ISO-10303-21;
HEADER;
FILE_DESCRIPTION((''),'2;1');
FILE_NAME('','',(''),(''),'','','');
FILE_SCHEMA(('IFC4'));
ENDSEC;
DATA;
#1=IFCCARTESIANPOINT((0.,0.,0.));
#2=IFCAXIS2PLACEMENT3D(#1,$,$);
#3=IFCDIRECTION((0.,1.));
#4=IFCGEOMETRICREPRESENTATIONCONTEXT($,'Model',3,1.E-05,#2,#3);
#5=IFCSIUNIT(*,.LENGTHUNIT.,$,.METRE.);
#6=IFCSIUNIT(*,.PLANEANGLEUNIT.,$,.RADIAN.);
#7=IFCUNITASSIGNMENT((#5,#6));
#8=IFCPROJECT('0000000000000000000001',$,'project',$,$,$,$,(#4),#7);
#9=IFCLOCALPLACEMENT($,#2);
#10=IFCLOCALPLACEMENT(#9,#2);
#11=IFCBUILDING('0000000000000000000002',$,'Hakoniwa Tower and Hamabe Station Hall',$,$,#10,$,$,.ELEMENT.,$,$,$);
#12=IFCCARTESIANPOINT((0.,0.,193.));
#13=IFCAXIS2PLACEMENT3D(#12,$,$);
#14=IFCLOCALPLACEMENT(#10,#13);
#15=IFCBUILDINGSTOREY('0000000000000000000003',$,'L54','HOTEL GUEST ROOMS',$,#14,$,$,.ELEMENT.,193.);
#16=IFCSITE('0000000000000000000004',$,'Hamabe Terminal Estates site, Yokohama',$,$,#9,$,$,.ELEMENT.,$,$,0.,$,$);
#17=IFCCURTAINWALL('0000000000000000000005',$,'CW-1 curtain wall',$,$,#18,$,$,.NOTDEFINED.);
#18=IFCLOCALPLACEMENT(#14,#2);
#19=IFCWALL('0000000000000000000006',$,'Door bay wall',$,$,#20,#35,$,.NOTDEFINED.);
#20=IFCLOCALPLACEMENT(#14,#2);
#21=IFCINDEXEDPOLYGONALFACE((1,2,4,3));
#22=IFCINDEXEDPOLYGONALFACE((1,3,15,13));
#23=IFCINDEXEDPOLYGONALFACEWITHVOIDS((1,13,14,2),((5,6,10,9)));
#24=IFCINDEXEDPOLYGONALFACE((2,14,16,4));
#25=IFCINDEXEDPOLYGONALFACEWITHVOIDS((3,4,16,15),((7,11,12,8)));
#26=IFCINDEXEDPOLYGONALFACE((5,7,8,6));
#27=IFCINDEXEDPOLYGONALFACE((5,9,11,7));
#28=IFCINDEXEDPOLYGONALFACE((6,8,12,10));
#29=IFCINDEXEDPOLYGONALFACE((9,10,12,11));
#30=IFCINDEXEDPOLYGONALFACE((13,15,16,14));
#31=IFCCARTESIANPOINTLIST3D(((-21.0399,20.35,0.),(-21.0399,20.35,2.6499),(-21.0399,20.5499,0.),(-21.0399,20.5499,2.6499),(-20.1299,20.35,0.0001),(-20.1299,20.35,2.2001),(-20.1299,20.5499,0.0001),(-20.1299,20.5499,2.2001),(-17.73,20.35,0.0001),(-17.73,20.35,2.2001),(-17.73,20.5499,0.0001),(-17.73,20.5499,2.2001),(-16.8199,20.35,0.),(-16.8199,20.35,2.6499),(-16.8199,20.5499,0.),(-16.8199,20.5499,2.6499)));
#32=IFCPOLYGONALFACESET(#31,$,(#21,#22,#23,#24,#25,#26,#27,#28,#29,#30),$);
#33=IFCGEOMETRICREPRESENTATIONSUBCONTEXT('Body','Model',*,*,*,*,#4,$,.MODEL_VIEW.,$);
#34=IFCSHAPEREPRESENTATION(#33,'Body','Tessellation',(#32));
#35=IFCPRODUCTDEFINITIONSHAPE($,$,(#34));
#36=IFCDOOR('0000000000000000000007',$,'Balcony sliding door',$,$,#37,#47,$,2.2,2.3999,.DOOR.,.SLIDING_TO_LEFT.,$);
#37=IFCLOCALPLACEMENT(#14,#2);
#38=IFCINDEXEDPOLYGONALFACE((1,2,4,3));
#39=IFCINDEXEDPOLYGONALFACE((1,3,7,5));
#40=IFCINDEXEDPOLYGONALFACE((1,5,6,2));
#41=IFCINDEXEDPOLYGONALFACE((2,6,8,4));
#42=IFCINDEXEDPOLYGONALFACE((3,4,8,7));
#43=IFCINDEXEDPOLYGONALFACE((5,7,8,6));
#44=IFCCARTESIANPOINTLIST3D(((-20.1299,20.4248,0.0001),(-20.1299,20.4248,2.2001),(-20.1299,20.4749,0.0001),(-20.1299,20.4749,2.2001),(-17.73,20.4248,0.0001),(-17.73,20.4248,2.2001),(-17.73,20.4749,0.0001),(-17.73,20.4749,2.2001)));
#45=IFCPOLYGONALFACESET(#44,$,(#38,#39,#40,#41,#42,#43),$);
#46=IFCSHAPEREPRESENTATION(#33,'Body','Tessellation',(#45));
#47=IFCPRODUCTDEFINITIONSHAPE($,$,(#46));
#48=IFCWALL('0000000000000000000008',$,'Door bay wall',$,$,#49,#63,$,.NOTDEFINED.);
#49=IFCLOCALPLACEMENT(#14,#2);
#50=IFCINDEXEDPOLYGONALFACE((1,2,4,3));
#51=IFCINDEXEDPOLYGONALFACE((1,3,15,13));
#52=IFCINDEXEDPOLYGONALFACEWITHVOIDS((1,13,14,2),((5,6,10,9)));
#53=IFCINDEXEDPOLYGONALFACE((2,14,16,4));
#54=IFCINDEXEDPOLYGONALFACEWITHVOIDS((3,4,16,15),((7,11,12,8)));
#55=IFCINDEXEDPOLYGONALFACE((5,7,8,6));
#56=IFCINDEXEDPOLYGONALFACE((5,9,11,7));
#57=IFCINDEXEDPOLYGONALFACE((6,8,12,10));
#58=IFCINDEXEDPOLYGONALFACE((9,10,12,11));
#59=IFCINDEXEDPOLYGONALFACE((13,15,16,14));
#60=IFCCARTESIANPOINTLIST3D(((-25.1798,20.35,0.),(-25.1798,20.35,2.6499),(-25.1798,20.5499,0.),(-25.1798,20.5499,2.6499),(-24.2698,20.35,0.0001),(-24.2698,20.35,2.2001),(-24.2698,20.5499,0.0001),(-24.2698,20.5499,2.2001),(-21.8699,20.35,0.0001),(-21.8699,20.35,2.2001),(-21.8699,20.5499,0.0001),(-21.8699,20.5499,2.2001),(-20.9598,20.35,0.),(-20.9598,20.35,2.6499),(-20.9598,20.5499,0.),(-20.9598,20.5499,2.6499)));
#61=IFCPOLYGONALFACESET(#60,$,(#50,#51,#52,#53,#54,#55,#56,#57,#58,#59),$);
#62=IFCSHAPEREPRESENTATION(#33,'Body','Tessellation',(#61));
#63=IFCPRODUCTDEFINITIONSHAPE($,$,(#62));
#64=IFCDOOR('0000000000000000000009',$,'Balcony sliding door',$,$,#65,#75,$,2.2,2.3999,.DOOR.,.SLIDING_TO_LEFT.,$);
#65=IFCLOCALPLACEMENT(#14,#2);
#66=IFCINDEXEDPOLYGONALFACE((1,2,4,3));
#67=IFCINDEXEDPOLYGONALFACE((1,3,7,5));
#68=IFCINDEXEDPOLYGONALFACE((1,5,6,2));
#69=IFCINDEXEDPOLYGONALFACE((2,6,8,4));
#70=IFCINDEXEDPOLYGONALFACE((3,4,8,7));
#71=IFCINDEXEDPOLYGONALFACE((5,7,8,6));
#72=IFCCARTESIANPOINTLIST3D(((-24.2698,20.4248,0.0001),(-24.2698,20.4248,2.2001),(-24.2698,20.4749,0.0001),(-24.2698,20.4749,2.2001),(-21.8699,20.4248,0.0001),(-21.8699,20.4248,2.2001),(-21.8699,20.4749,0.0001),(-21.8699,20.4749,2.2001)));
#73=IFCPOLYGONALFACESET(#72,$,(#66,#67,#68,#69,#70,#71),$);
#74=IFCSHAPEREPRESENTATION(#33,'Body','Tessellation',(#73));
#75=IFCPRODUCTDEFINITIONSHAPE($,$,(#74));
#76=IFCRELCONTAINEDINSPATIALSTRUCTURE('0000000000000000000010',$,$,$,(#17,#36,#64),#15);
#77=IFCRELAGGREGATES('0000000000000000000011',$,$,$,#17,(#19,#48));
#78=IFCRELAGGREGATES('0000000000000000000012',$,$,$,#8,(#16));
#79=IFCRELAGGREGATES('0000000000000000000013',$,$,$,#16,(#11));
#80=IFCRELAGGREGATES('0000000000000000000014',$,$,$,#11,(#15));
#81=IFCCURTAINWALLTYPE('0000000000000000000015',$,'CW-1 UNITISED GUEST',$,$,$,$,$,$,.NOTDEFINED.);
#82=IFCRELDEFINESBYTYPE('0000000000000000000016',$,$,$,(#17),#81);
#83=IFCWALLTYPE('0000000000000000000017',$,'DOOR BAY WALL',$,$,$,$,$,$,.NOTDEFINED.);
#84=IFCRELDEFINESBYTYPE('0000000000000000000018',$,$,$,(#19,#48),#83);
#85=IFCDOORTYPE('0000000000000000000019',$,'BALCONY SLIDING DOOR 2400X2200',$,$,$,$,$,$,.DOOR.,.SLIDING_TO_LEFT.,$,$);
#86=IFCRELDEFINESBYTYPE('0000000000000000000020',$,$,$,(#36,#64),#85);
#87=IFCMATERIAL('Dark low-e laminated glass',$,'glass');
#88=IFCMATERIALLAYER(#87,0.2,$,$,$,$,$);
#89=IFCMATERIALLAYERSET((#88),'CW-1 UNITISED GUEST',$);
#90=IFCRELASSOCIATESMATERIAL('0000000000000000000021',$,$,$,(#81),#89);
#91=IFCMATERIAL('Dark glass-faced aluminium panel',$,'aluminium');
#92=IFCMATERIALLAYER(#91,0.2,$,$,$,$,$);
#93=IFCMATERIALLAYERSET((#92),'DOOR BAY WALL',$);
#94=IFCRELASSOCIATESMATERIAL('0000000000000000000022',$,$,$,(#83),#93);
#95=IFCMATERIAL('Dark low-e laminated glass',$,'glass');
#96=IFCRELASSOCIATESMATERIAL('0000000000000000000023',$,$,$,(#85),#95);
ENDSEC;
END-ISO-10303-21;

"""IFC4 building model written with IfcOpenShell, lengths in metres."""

from ifc_helpers import new_model, si_unit, direction, frame, frame_2d, origin, place, context, subcontext, project, spatial, rectangle, extrude, material, layer, layer_set, type_object, element, fill, aggregate, save


model = new_model("IFC4")

# Units and contexts
model_context = context("Model", 3, precision=1e-05, world=origin(), true_north=direction((0.0, 1.0)))
body_context = subcontext(model_context, "Body", "Model", "MODEL_VIEW")
ifc_project = project(units=[si_unit("LENGTHUNIT", "METRE"), si_unit("PLANEANGLEUNIT", "RADIAN")], contexts=[model_context])

# Site, building, storey
site_placement = place(None, origin())
site = spatial("IfcSite", under=ifc_project, at=site_placement, Name="Hamabe Terminal Estates site, Yokohama", CompositionType="ELEMENT", RefElevation=0.0)
building_placement = place(site_placement, origin())
building = spatial("IfcBuilding", under=site, at=building_placement, Name="Hakoniwa Tower and Hamabe Station Hall", CompositionType="ELEMENT")
storey_placement = place(building_placement, frame((0.0, 0.0, 193.0)))
storey = spatial("IfcBuildingStorey", under=building, at=storey_placement, Name="L54", Description="HOTEL GUEST ROOMS", CompositionType="ELEMENT", Elevation=193.0)

# Curtain wall
ifc_material_1 = material(Name="Dark low-e laminated glass", Category="glass")
ifc_layer_1 = layer(ifc_material_1, 0.2)
ifc_layer_set_1 = layer_set([ifc_layer_1], Name="CW-1 UNITISED GUEST")
curtain_wall_type = type_object("IfcCurtainWallType", Name="CW-1 UNITISED GUEST", PredefinedType="NOTDEFINED", material=ifc_layer_set_1)
curtain_wall_placement = place(storey_placement, origin())
curtain_wall = element("IfcCurtainWall", 1, at=curtain_wall_placement, inside=storey, type_object=curtain_wall_type, Name="CW-1 curtain wall", PredefinedType="NOTDEFINED")

# Walls, openings, doors
ifc_material_2 = material(Name="Dark glass-faced aluminium panel", Category="aluminium")
ifc_layer_2 = layer(ifc_material_2, 0.2)
ifc_layer_set_2 = layer_set([ifc_layer_2], Name="DOOR BAY WALL")
wall_type_1 = type_object("IfcWallType", Name="DOOR BAY WALL", PredefinedType="NOTDEFINED", material=ifc_layer_set_2)
wall_1_placement = place(storey_placement, frame((-16.8201, 20.45, 0.0), z_axis=(0.0, 0.0, 1.0), x_axis=(-1.0, 0.0, 0.0)))
wall_1 = element("IfcWall", 2, at=wall_1_placement, type_object=wall_type_1, Name="Door bay wall", PredefinedType="NOTDEFINED", context=body_context, shape_type="SweptSolid", body=[
    extrude(rectangle(XDim=4.22, YDim=0.2, at=frame_2d((2.1099, 0.0))), origin(), (0.0, 0.0, 1.0), 2.6499),
])
opening_1_placement = place(wall_1_placement, frame((0.9099, 0.0, 0.0)))
opening_1 = element("IfcOpeningElement", 3, at=opening_1_placement, cuts=wall_1, PredefinedType="OPENING", context=body_context, shape_type="SweptSolid", body=[
    extrude(rectangle(XDim=2.3999, YDim=2.2, at=frame_2d((1.2, 1.1001))), frame((0.0, 0.1099, 0.0), z_axis=(0.0, -1.0, 0.0), x_axis=(1.0, 0.0, 0.0)), (0.0, 0.0, 1.0), 0.22),
])
ifc_material_3 = material(Name="Dark low-e laminated glass", Category="glass")
door_type_1 = type_object("IfcDoorType", Name="BALCONY SLIDING DOOR 2400X2200", OperationType="SLIDING_TO_LEFT", PredefinedType="DOOR", material=ifc_material_3)
door_1_placement = place(opening_1_placement, frame((2.3999, 0.0, 0.0), z_axis=(0.0, 0.0, 1.0), x_axis=(-1.0, 0.0, 0.0)))
door_1 = element("IfcDoor", 4, at=door_1_placement, inside=storey, type_object=door_type_1, Name="Balcony sliding door", OperationType="SLIDING_TO_LEFT", OverallHeight=2.2, OverallWidth=2.3999, PredefinedType="DOOR", context=body_context, shape_type="SweptSolid", body=[
    extrude(rectangle(XDim=2.3999, YDim=2.2, at=frame_2d((1.2, 1.1001))), frame((0.0, 0.0249, 0.0), z_axis=(0.0, -1.0, 0.0), x_axis=(1.0, 0.0, 0.0)), (0.0, 0.0, 1.0), 0.05),
])
fill(opening_1, door_1)
wall_2_placement = place(storey_placement, frame((-20.96, 20.45, 0.0), z_axis=(0.0, 0.0, 1.0), x_axis=(-1.0, 0.0, 0.0)))
wall_2 = element("IfcWall", 5, at=wall_2_placement, type_object=wall_type_1, Name="Door bay wall", PredefinedType="NOTDEFINED", context=body_context, shape_type="SweptSolid", body=[
    extrude(rectangle(XDim=4.22, YDim=0.2, at=frame_2d((2.1099, 0.0))), origin(), (0.0, 0.0, 1.0), 2.6499),
])
opening_2_placement = place(wall_2_placement, frame((0.9099, 0.0, 0.0)))
opening_2 = element("IfcOpeningElement", 6, at=opening_2_placement, cuts=wall_2, PredefinedType="OPENING", context=body_context, shape_type="SweptSolid", body=[
    extrude(rectangle(XDim=2.3999, YDim=2.2, at=frame_2d((1.2, 1.1001))), frame((0.0, 0.1099, 0.0), z_axis=(0.0, -1.0, 0.0), x_axis=(1.0, 0.0, 0.0)), (0.0, 0.0, 1.0), 0.22),
])
door_2_placement = place(opening_2_placement, frame((2.3999, 0.0, 0.0), z_axis=(0.0, 0.0, 1.0), x_axis=(-1.0, 0.0, 0.0)))
door_2 = element("IfcDoor", 7, at=door_2_placement, inside=storey, type_object=door_type_1, Name="Balcony sliding door", OperationType="SLIDING_TO_LEFT", OverallHeight=2.2, OverallWidth=2.3999, PredefinedType="DOOR", context=body_context, shape_type="SweptSolid", body=[
    extrude(rectangle(XDim=2.3999, YDim=2.2, at=frame_2d((1.2, 1.1001))), frame((0.0, 0.0249, 0.0), z_axis=(0.0, -1.0, 0.0), x_axis=(1.0, 0.0, 0.0)), (0.0, 0.0, 1.0), 0.05),
])
fill(opening_2, door_2)
aggregate(curtain_wall, [wall_1, wall_2])

save(model, "model.ifc")
